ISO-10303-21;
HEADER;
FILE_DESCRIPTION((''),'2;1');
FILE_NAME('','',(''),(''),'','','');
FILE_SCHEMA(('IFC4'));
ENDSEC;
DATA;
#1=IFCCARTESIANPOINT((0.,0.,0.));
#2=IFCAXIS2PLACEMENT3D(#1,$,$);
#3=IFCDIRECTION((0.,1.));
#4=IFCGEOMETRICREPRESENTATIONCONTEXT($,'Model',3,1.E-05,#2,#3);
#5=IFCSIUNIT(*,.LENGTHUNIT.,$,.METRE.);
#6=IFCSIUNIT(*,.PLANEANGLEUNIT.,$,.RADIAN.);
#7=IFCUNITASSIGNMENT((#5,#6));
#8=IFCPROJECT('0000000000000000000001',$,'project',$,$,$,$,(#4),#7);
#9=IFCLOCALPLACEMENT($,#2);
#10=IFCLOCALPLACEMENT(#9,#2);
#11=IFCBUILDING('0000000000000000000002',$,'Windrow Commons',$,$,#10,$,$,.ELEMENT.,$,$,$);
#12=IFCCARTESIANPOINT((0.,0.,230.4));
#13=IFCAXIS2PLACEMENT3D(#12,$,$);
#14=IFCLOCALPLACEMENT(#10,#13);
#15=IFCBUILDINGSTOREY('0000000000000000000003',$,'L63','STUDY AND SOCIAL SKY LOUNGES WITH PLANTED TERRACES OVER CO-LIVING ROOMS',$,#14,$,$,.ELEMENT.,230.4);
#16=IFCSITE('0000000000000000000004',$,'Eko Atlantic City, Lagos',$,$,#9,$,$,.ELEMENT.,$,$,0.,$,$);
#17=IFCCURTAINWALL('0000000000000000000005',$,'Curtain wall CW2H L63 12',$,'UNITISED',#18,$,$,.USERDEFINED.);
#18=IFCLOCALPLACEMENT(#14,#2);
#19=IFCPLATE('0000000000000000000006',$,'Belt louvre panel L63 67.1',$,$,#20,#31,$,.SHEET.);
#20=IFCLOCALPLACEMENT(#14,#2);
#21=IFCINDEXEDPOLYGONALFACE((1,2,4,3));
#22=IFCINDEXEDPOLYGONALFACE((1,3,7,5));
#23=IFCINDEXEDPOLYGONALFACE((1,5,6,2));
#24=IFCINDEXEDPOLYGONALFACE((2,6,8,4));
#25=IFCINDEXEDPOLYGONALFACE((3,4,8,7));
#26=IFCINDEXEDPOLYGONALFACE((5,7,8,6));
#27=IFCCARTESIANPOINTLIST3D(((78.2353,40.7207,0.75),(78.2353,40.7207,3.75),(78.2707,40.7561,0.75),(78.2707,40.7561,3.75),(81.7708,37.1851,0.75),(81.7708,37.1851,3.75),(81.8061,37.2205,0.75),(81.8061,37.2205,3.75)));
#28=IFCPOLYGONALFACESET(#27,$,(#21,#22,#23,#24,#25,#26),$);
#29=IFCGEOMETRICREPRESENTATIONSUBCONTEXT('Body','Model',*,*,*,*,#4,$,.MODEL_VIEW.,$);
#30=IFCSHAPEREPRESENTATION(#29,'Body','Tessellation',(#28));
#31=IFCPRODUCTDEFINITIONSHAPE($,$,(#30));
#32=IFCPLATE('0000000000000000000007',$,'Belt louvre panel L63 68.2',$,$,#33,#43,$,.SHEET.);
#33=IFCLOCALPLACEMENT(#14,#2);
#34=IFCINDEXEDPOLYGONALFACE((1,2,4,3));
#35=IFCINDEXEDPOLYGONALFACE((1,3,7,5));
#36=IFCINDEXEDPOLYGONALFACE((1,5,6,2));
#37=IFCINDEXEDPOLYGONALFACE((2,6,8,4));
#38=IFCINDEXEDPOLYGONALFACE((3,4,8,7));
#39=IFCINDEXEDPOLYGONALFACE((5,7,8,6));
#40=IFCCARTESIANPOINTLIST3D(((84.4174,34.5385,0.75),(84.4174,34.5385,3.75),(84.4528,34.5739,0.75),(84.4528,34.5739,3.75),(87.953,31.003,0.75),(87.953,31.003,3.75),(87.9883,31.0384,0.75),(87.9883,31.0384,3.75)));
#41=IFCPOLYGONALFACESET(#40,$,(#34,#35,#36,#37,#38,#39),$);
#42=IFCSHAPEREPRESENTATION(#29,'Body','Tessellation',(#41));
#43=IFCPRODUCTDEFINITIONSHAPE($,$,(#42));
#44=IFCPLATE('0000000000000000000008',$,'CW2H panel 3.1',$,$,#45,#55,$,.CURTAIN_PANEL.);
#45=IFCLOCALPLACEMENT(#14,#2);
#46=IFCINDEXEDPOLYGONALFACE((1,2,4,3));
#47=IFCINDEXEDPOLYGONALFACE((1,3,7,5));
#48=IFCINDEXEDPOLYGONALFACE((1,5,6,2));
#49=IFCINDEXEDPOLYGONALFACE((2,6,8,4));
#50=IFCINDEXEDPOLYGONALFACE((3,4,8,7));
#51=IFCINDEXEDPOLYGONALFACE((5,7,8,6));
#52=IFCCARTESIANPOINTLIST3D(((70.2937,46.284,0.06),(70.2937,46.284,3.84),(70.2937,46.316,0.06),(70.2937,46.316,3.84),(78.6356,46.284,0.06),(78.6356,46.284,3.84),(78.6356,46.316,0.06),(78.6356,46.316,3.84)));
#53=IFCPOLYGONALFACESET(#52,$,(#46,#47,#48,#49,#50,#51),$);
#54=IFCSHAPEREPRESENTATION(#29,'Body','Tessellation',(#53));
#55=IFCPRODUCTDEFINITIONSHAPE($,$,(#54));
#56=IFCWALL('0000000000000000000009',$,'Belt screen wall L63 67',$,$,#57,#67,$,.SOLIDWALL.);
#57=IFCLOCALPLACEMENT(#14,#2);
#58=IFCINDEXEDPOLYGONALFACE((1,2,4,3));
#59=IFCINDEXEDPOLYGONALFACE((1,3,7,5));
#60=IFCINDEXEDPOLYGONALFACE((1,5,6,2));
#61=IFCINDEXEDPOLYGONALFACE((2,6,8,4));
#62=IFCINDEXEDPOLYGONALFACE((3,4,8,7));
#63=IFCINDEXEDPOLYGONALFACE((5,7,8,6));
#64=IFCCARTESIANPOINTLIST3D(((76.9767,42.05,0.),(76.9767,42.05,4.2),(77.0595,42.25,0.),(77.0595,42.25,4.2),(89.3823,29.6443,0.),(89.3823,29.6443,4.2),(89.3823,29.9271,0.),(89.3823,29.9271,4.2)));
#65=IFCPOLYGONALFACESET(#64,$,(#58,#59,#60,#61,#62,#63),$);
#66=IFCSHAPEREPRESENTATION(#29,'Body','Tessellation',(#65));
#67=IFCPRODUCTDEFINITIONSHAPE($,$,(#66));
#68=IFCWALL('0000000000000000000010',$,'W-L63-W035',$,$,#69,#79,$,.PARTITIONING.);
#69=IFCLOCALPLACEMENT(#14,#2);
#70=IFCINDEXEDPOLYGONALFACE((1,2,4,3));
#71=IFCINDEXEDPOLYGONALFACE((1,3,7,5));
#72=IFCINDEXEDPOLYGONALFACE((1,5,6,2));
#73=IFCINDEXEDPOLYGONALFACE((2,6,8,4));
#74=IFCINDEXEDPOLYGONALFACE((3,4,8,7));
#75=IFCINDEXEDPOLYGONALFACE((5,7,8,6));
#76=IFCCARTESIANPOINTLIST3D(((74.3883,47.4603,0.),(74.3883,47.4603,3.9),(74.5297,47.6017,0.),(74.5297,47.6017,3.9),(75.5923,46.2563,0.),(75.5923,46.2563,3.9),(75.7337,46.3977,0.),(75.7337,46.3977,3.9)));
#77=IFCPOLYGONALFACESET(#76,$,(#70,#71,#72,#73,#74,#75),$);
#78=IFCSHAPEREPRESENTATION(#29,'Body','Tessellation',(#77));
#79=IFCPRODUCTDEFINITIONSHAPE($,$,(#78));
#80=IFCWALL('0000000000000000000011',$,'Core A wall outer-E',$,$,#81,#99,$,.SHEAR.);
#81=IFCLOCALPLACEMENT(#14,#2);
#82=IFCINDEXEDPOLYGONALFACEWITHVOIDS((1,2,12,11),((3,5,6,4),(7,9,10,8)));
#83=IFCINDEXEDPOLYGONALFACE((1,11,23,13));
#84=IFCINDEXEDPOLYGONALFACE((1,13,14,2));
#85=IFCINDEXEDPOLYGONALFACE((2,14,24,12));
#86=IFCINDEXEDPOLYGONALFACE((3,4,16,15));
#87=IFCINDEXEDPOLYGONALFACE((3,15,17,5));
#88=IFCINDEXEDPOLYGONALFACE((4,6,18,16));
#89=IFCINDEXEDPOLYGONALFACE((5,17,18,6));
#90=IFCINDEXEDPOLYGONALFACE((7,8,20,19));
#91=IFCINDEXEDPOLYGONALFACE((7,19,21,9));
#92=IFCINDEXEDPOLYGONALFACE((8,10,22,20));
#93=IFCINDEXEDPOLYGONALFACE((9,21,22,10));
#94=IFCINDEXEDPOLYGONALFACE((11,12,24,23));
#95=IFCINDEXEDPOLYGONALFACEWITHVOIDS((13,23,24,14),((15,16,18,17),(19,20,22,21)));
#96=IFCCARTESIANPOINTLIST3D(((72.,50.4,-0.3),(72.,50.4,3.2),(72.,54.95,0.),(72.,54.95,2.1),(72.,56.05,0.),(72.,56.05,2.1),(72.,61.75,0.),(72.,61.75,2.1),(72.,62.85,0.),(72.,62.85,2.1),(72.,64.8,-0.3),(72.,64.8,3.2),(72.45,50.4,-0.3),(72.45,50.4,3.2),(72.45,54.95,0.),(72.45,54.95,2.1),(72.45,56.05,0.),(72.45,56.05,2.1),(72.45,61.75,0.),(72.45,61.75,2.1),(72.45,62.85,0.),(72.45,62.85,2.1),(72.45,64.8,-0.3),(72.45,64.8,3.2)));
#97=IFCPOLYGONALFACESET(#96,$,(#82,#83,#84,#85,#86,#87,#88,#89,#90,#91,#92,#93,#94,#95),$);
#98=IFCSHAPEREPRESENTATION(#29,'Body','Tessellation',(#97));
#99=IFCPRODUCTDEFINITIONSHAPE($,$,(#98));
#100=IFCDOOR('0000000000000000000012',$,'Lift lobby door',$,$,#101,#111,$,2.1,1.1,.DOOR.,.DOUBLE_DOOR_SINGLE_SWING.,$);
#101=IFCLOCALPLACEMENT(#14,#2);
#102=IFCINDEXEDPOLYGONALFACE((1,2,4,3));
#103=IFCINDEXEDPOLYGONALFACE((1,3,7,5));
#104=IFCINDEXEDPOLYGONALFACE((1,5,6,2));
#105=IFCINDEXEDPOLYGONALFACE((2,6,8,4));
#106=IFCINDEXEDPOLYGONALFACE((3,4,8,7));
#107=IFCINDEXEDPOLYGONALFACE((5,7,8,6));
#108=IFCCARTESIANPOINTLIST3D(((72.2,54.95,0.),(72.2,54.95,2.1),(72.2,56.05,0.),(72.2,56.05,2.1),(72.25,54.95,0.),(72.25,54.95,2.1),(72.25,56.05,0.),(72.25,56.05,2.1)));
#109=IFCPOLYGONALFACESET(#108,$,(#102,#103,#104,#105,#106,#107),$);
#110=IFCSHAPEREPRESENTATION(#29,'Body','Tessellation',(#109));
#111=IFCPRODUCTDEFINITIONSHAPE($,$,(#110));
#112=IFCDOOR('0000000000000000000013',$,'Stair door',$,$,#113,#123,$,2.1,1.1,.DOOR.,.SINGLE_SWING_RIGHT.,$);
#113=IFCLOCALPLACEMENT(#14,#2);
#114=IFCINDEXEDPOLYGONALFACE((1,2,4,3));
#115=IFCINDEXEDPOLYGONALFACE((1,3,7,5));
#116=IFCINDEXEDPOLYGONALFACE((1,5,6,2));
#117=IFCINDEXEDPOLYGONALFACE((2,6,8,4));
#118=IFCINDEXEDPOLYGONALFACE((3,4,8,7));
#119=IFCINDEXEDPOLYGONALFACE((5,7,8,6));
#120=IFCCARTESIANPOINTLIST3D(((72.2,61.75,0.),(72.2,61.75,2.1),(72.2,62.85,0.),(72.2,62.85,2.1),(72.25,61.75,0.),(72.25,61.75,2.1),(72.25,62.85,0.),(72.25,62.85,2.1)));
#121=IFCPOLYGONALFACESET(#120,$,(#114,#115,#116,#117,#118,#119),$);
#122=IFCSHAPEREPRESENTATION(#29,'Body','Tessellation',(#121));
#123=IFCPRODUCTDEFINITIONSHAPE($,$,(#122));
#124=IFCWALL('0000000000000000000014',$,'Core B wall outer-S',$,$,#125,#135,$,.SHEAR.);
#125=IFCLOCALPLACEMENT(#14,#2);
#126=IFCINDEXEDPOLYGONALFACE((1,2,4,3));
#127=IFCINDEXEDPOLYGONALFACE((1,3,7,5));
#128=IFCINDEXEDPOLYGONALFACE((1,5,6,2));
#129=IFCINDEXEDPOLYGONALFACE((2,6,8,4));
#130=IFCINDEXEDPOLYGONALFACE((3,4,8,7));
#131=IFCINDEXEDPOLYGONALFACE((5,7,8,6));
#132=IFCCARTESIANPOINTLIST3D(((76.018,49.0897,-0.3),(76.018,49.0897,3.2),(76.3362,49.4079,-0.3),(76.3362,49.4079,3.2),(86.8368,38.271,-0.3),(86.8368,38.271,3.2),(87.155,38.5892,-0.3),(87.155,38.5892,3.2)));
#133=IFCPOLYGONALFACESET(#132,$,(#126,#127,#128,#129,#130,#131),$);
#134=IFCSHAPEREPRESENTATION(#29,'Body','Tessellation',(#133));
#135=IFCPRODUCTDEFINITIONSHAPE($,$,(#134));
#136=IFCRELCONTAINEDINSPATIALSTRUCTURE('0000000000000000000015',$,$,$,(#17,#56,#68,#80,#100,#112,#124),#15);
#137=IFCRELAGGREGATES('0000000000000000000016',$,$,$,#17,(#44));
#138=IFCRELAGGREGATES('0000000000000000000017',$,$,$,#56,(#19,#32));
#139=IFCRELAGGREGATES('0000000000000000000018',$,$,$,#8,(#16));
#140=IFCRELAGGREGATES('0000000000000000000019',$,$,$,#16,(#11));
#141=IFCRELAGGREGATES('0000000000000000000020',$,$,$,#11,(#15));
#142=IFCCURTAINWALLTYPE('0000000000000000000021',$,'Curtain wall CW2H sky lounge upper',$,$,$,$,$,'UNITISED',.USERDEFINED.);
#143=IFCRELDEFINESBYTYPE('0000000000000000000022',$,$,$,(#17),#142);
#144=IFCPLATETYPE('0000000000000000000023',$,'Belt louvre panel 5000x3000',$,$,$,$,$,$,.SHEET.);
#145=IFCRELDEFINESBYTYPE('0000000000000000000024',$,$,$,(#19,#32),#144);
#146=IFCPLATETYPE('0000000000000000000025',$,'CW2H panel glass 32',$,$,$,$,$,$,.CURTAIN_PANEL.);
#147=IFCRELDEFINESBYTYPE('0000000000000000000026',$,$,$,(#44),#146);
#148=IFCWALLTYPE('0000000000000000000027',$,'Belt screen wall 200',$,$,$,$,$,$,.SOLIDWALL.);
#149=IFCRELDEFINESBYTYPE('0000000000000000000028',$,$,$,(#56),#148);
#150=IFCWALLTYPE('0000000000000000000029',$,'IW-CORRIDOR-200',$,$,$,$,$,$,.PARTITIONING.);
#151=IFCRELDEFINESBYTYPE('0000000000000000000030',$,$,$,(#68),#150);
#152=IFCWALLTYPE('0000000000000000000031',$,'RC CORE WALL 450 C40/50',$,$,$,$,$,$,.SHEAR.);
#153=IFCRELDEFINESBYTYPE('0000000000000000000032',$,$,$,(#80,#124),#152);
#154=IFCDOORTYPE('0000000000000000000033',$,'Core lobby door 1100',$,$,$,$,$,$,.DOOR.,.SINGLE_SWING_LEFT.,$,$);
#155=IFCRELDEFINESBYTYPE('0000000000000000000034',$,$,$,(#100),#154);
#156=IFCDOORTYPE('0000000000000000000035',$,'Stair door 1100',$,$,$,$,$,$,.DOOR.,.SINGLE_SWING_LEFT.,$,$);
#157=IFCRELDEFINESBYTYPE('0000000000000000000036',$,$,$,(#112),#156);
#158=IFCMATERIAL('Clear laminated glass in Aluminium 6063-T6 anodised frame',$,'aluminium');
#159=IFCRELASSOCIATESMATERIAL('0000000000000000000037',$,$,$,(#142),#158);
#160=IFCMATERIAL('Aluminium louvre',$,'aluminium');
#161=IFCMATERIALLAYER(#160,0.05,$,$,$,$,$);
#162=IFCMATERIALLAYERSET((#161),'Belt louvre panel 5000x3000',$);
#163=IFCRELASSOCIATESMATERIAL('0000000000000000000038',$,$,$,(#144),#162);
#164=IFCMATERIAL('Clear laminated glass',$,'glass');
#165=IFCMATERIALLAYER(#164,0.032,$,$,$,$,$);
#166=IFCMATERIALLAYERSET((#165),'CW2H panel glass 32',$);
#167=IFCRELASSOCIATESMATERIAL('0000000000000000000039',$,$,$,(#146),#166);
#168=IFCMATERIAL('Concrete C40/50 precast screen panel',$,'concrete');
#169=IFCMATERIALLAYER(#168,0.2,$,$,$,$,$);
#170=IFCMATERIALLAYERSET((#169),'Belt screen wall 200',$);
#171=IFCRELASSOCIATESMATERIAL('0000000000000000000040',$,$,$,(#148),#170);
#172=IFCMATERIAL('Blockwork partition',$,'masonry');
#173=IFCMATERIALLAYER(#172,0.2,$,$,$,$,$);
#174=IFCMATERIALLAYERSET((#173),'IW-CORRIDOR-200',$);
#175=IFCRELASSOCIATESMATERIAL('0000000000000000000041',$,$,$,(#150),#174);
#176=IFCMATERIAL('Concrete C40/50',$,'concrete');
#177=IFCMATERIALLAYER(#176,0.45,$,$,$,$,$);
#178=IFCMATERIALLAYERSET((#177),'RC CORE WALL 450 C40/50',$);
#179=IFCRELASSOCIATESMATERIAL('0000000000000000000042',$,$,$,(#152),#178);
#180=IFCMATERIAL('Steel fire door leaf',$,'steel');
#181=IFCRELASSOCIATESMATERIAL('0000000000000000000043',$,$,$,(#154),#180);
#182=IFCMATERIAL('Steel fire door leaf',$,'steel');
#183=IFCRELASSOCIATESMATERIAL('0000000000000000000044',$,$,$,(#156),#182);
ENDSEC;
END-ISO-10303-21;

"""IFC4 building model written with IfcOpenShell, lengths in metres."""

from ifc_helpers import new_model, si_unit, direction, frame, frame_2d, origin, origin_2d, place, context, subcontext, project, spatial, polyline, rectangle, outline, extrude, material, layer, layer_set, type_object, element, fill, aggregate, save


model = new_model("IFC4")

# Units and contexts
model_context = context("Model", 3, precision=1e-05, world=origin(), true_north=direction((0.0, 1.0)))
body_context = subcontext(model_context, "Body", "Model", "MODEL_VIEW")
ifc_project = project(units=[si_unit("LENGTHUNIT", "METRE"), si_unit("PLANEANGLEUNIT", "RADIAN")], contexts=[model_context])

# Site, building, storey
site_placement = place(None, origin())
site = spatial("IfcSite", under=ifc_project, at=site_placement, Name="Eko Atlantic City, Lagos", CompositionType="ELEMENT", RefElevation=0.0)
building_placement = place(site_placement, origin())
building = spatial("IfcBuilding", under=site, at=building_placement, Name="Windrow Commons", CompositionType="ELEMENT")
storey_placement = place(building_placement, frame((0.0, 0.0, 230.4)))
storey = spatial("IfcBuildingStorey", under=building, at=storey_placement, Name="L63", Description="STUDY AND SOCIAL SKY LOUNGES WITH PLANTED TERRACES OVER CO-LIVING ROOMS", CompositionType="ELEMENT", Elevation=230.4)

# Curtain wall
ifc_material_1 = material(Name="Clear laminated glass in Aluminium 6063-T6 anodised frame", Category="aluminium")
curtain_wall_type = type_object("IfcCurtainWallType", Name="Curtain wall CW2H sky lounge upper", ElementType="UNITISED", PredefinedType="USERDEFINED", material=ifc_material_1)
placement = place(storey_placement, origin())
curtain_wall_1 = element("IfcCurtainWall", 1, at=placement, inside=storey, type_object=curtain_wall_type, Name="Curtain wall CW2H L63 12", ObjectType="UNITISED", PredefinedType="USERDEFINED")

# Plates
ifc_material_2 = material(Name="Aluminium louvre", Category="aluminium")
ifc_layer_1 = layer(ifc_material_2, 0.05)
ifc_layer_set_1 = layer_set([ifc_layer_1], Name="Belt louvre panel 5000x3000")
plate_type_1 = type_object("IfcPlateType", Name="Belt louvre panel 5000x3000", PredefinedType="SHEET", material=ifc_layer_set_1)
plate_1_placement = place(storey_placement, frame((78.2353, 40.7207, 0.75), z_axis=(-0.707117, -0.707097, 0.0), x_axis=(0.707097, -0.707117, 0.0)))
plate_1 = element("IfcPlate", 2, at=plate_1_placement, type_object=plate_type_1, Name="Belt louvre panel L63 67.1", PredefinedType="SHEET", context=body_context, shape_type="SweptSolid", body=[
    extrude(outline(polyline([(0.0, 0.0), (5.0, 0.0), (5.0, 3.0), (0.0, 3.0), (0.0, 0.0)])), origin(), (0.0, 0.0, -1.0), 0.05),
])
plate_2_placement = place(storey_placement, frame((84.4174, 34.5385, 0.75), z_axis=(-0.707097, -0.707117, 0.0), x_axis=(0.707117, -0.707097, 0.0)))
plate_2 = element("IfcPlate", 3, at=plate_2_placement, type_object=plate_type_1, Name="Belt louvre panel L63 68.2", PredefinedType="SHEET", context=body_context, shape_type="SweptSolid", body=[
    extrude(outline(polyline([(0.0, 0.0), (5.0, 0.0), (5.0, 3.0), (0.0, 3.0), (0.0, 0.0)])), origin(), (0.0, 0.0, -1.0), 0.05),
])
ifc_material_3 = material(Name="Clear laminated glass", Category="glass")
ifc_layer_2 = layer(ifc_material_3, 0.032)
ifc_layer_set_2 = layer_set([ifc_layer_2], Name="CW2H panel glass 32")
plate_type_2 = type_object("IfcPlateType", Name="CW2H panel glass 32", PredefinedType="CURTAIN_PANEL", material=ifc_layer_set_2)
plate_3_placement = place(storey_placement, frame((74.4647, 46.3, 0.06), z_axis=(0.0, 0.0, 1.0), x_axis=(1.0, 0.0, 0.0)))
plate_3 = element("IfcPlate", 4, at=plate_3_placement, type_object=plate_type_2, Name="CW2H panel 3.1", PredefinedType="CURTAIN_PANEL", context=body_context, shape_type="SweptSolid", body=[
    extrude(rectangle(XDim=8.3419, YDim=0.032, at=origin_2d()), origin(), (0.0, 0.0, 1.0), 3.78),
])
aggregate(curtain_wall_1, [plate_3])

# Walls
ifc_material_4 = material(Name="Concrete C40/50 precast screen panel", Category="concrete")
ifc_layer_3 = layer(ifc_material_4, 0.2)
ifc_layer_set_3 = layer_set([ifc_layer_3], Name="Belt screen wall 200")
wall_type_1 = type_object("IfcWallType", Name="Belt screen wall 200", PredefinedType="SOLIDWALL", material=ifc_layer_set_3)
wall_1_placement = place(storey_placement, frame((77.0181, 42.15, 0.0), z_axis=(0.0, 0.0, 1.0), x_axis=(0.707104, -0.70711, 0.0)))
wall_1 = element("IfcWall", 5, at=wall_1_placement, inside=storey, type_object=wall_type_1, Name="Belt screen wall L63 67", PredefinedType="SOLIDWALL", context=body_context, shape_type="SweptSolid", body=[
    extrude(outline(polyline([(0.0414, -0.1), (17.5857, -0.1), (17.3857, 0.1), (-0.0414, 0.1), (0.0414, -0.1)])), origin(), (0.0, 0.0, 1.0), 4.2),
])
aggregate(wall_1, [plate_1, plate_2])
ifc_material_5 = material(Name="Blockwork partition", Category="masonry")
ifc_layer_4 = layer(ifc_material_5, 0.2)
ifc_layer_set_4 = layer_set([ifc_layer_4], Name="IW-CORRIDOR-200")
wall_type_2 = type_object("IfcWallType", Name="IW-CORRIDOR-200", PredefinedType="PARTITIONING", material=ifc_layer_set_4)
wall_2_placement = place(storey_placement, frame((74.459, 47.531, 0.0), z_axis=(0.0, 0.0, 1.0), x_axis=(0.707107, -0.707107, 0.0)))
element("IfcWall", 6, at=wall_2_placement, inside=storey, type_object=wall_type_2, Name="W-L63-W035", PredefinedType="PARTITIONING", context=body_context, shape_type="SweptSolid", body=[
    extrude(rectangle(XDim=1.7027, YDim=0.2, at=frame_2d((0.8514, 0.0))), origin(), (0.0, 0.0, 1.0), 3.9),
])

# Wall, openings, doors
ifc_material_6 = material(Name="Concrete C40/50", Category="concrete")
ifc_layer_5 = layer(ifc_material_6, 0.45)
ifc_layer_set_5 = layer_set([ifc_layer_5], Name="RC CORE WALL 450 C40/50")
wall_type_3 = type_object("IfcWallType", Name="RC CORE WALL 450 C40/50", PredefinedType="SHEAR", material=ifc_layer_set_5)
wall_3_placement = place(storey_placement, frame((72.225, 50.4, -0.3), z_axis=(0.0, 0.0, 1.0), x_axis=(0.0, 1.0, 0.0)))
wall_3 = element("IfcWall", 7, at=wall_3_placement, inside=storey, type_object=wall_type_3, Name="Core A wall outer-E", PredefinedType="SHEAR", context=body_context, shape_type="SweptSolid", body=[
    extrude(rectangle(XDim=14.4, YDim=0.45, at=frame_2d((7.2, 0.0))), origin(), (0.0, 0.0, 1.0), 3.5),
])
opening_1_placement = place(wall_3_placement, frame((4.55, 0.0, 0.3)))
opening_1 = element("IfcOpeningElement", 8, at=opening_1_placement, cuts=wall_3, PredefinedType="OPENING", context=body_context, shape_type="SweptSolid", body=[
    extrude(rectangle(XDim=1.1, YDim=2.1, at=frame_2d((0.55, 1.05))), frame((0.0, 0.235, 0.0), z_axis=(0.0, -1.0, 0.0), x_axis=(1.0, 0.0, 0.0)), (0.0, 0.0, 1.0), 0.47),
])
opening_2_placement = place(wall_3_placement, frame((11.35, 0.0, 0.3)))
opening_2 = element("IfcOpeningElement", 9, at=opening_2_placement, cuts=wall_3, PredefinedType="OPENING", context=body_context, shape_type="SweptSolid", body=[
    extrude(rectangle(XDim=1.1, YDim=2.1, at=frame_2d((0.55, 1.05))), frame((0.0, 0.235, 0.0), z_axis=(0.0, -1.0, 0.0), x_axis=(1.0, 0.0, 0.0)), (0.0, 0.0, 1.0), 0.47),
])
ifc_material_7 = material(Name="Steel fire door leaf", Category="steel")
door_type_1 = type_object("IfcDoorType", Name="Core lobby door 1100", OperationType="SINGLE_SWING_LEFT", PredefinedType="DOOR", material=ifc_material_7)
door_1_placement = place(opening_1_placement, origin())
door_1 = element("IfcDoor", 10, at=door_1_placement, inside=storey, type_object=door_type_1, Name="Lift lobby door", OperationType="DOUBLE_DOOR_SINGLE_SWING", OverallHeight=2.1, OverallWidth=1.1, PredefinedType="DOOR", context=body_context, shape_type="SweptSolid", body=[
    extrude(rectangle(XDim=1.1, YDim=2.1, at=frame_2d((0.55, 1.05))), frame((0.0, 0.025, 0.0), z_axis=(0.0, -1.0, 0.0), x_axis=(1.0, 0.0, 0.0)), (0.0, 0.0, 1.0), 0.05),
])
fill(opening_1, door_1)
ifc_material_8 = material(Name="Steel fire door leaf", Category="steel")
door_type_2 = type_object("IfcDoorType", Name="Stair door 1100", OperationType="SINGLE_SWING_LEFT", PredefinedType="DOOR", material=ifc_material_8)
door_2_placement = place(opening_2_placement, origin())
door_2 = element("IfcDoor", 11, at=door_2_placement, inside=storey, type_object=door_type_2, Name="Stair door", OperationType="SINGLE_SWING_RIGHT", OverallHeight=2.1, OverallWidth=1.1, PredefinedType="DOOR", context=body_context, shape_type="SweptSolid", body=[
    extrude(rectangle(XDim=1.1, YDim=2.1, at=frame_2d((0.55, 1.05))), frame((0.0, 0.025, 0.0), z_axis=(0.0, -1.0, 0.0), x_axis=(1.0, 0.0, 0.0)), (0.0, 0.0, 1.0), 0.05),
])
fill(opening_2, door_2)

# Wall
wall_4_placement = place(storey_placement, frame((76.1771, 49.2488, -0.3), z_axis=(0.0, 0.0, 1.0), x_axis=(0.70711, -0.707104, 0.0)))
element("IfcWall", 12, at=wall_4_placement, inside=storey, type_object=wall_type_3, Name="Core B wall outer-S", PredefinedType="SHEAR", context=body_context, shape_type="SweptSolid", body=[
    extrude(rectangle(XDim=15.3, YDim=0.45, at=frame_2d((7.65, 0.0))), origin(), (0.0, 0.0, 1.0), 3.5),
])

save(model, "model.ifc")
